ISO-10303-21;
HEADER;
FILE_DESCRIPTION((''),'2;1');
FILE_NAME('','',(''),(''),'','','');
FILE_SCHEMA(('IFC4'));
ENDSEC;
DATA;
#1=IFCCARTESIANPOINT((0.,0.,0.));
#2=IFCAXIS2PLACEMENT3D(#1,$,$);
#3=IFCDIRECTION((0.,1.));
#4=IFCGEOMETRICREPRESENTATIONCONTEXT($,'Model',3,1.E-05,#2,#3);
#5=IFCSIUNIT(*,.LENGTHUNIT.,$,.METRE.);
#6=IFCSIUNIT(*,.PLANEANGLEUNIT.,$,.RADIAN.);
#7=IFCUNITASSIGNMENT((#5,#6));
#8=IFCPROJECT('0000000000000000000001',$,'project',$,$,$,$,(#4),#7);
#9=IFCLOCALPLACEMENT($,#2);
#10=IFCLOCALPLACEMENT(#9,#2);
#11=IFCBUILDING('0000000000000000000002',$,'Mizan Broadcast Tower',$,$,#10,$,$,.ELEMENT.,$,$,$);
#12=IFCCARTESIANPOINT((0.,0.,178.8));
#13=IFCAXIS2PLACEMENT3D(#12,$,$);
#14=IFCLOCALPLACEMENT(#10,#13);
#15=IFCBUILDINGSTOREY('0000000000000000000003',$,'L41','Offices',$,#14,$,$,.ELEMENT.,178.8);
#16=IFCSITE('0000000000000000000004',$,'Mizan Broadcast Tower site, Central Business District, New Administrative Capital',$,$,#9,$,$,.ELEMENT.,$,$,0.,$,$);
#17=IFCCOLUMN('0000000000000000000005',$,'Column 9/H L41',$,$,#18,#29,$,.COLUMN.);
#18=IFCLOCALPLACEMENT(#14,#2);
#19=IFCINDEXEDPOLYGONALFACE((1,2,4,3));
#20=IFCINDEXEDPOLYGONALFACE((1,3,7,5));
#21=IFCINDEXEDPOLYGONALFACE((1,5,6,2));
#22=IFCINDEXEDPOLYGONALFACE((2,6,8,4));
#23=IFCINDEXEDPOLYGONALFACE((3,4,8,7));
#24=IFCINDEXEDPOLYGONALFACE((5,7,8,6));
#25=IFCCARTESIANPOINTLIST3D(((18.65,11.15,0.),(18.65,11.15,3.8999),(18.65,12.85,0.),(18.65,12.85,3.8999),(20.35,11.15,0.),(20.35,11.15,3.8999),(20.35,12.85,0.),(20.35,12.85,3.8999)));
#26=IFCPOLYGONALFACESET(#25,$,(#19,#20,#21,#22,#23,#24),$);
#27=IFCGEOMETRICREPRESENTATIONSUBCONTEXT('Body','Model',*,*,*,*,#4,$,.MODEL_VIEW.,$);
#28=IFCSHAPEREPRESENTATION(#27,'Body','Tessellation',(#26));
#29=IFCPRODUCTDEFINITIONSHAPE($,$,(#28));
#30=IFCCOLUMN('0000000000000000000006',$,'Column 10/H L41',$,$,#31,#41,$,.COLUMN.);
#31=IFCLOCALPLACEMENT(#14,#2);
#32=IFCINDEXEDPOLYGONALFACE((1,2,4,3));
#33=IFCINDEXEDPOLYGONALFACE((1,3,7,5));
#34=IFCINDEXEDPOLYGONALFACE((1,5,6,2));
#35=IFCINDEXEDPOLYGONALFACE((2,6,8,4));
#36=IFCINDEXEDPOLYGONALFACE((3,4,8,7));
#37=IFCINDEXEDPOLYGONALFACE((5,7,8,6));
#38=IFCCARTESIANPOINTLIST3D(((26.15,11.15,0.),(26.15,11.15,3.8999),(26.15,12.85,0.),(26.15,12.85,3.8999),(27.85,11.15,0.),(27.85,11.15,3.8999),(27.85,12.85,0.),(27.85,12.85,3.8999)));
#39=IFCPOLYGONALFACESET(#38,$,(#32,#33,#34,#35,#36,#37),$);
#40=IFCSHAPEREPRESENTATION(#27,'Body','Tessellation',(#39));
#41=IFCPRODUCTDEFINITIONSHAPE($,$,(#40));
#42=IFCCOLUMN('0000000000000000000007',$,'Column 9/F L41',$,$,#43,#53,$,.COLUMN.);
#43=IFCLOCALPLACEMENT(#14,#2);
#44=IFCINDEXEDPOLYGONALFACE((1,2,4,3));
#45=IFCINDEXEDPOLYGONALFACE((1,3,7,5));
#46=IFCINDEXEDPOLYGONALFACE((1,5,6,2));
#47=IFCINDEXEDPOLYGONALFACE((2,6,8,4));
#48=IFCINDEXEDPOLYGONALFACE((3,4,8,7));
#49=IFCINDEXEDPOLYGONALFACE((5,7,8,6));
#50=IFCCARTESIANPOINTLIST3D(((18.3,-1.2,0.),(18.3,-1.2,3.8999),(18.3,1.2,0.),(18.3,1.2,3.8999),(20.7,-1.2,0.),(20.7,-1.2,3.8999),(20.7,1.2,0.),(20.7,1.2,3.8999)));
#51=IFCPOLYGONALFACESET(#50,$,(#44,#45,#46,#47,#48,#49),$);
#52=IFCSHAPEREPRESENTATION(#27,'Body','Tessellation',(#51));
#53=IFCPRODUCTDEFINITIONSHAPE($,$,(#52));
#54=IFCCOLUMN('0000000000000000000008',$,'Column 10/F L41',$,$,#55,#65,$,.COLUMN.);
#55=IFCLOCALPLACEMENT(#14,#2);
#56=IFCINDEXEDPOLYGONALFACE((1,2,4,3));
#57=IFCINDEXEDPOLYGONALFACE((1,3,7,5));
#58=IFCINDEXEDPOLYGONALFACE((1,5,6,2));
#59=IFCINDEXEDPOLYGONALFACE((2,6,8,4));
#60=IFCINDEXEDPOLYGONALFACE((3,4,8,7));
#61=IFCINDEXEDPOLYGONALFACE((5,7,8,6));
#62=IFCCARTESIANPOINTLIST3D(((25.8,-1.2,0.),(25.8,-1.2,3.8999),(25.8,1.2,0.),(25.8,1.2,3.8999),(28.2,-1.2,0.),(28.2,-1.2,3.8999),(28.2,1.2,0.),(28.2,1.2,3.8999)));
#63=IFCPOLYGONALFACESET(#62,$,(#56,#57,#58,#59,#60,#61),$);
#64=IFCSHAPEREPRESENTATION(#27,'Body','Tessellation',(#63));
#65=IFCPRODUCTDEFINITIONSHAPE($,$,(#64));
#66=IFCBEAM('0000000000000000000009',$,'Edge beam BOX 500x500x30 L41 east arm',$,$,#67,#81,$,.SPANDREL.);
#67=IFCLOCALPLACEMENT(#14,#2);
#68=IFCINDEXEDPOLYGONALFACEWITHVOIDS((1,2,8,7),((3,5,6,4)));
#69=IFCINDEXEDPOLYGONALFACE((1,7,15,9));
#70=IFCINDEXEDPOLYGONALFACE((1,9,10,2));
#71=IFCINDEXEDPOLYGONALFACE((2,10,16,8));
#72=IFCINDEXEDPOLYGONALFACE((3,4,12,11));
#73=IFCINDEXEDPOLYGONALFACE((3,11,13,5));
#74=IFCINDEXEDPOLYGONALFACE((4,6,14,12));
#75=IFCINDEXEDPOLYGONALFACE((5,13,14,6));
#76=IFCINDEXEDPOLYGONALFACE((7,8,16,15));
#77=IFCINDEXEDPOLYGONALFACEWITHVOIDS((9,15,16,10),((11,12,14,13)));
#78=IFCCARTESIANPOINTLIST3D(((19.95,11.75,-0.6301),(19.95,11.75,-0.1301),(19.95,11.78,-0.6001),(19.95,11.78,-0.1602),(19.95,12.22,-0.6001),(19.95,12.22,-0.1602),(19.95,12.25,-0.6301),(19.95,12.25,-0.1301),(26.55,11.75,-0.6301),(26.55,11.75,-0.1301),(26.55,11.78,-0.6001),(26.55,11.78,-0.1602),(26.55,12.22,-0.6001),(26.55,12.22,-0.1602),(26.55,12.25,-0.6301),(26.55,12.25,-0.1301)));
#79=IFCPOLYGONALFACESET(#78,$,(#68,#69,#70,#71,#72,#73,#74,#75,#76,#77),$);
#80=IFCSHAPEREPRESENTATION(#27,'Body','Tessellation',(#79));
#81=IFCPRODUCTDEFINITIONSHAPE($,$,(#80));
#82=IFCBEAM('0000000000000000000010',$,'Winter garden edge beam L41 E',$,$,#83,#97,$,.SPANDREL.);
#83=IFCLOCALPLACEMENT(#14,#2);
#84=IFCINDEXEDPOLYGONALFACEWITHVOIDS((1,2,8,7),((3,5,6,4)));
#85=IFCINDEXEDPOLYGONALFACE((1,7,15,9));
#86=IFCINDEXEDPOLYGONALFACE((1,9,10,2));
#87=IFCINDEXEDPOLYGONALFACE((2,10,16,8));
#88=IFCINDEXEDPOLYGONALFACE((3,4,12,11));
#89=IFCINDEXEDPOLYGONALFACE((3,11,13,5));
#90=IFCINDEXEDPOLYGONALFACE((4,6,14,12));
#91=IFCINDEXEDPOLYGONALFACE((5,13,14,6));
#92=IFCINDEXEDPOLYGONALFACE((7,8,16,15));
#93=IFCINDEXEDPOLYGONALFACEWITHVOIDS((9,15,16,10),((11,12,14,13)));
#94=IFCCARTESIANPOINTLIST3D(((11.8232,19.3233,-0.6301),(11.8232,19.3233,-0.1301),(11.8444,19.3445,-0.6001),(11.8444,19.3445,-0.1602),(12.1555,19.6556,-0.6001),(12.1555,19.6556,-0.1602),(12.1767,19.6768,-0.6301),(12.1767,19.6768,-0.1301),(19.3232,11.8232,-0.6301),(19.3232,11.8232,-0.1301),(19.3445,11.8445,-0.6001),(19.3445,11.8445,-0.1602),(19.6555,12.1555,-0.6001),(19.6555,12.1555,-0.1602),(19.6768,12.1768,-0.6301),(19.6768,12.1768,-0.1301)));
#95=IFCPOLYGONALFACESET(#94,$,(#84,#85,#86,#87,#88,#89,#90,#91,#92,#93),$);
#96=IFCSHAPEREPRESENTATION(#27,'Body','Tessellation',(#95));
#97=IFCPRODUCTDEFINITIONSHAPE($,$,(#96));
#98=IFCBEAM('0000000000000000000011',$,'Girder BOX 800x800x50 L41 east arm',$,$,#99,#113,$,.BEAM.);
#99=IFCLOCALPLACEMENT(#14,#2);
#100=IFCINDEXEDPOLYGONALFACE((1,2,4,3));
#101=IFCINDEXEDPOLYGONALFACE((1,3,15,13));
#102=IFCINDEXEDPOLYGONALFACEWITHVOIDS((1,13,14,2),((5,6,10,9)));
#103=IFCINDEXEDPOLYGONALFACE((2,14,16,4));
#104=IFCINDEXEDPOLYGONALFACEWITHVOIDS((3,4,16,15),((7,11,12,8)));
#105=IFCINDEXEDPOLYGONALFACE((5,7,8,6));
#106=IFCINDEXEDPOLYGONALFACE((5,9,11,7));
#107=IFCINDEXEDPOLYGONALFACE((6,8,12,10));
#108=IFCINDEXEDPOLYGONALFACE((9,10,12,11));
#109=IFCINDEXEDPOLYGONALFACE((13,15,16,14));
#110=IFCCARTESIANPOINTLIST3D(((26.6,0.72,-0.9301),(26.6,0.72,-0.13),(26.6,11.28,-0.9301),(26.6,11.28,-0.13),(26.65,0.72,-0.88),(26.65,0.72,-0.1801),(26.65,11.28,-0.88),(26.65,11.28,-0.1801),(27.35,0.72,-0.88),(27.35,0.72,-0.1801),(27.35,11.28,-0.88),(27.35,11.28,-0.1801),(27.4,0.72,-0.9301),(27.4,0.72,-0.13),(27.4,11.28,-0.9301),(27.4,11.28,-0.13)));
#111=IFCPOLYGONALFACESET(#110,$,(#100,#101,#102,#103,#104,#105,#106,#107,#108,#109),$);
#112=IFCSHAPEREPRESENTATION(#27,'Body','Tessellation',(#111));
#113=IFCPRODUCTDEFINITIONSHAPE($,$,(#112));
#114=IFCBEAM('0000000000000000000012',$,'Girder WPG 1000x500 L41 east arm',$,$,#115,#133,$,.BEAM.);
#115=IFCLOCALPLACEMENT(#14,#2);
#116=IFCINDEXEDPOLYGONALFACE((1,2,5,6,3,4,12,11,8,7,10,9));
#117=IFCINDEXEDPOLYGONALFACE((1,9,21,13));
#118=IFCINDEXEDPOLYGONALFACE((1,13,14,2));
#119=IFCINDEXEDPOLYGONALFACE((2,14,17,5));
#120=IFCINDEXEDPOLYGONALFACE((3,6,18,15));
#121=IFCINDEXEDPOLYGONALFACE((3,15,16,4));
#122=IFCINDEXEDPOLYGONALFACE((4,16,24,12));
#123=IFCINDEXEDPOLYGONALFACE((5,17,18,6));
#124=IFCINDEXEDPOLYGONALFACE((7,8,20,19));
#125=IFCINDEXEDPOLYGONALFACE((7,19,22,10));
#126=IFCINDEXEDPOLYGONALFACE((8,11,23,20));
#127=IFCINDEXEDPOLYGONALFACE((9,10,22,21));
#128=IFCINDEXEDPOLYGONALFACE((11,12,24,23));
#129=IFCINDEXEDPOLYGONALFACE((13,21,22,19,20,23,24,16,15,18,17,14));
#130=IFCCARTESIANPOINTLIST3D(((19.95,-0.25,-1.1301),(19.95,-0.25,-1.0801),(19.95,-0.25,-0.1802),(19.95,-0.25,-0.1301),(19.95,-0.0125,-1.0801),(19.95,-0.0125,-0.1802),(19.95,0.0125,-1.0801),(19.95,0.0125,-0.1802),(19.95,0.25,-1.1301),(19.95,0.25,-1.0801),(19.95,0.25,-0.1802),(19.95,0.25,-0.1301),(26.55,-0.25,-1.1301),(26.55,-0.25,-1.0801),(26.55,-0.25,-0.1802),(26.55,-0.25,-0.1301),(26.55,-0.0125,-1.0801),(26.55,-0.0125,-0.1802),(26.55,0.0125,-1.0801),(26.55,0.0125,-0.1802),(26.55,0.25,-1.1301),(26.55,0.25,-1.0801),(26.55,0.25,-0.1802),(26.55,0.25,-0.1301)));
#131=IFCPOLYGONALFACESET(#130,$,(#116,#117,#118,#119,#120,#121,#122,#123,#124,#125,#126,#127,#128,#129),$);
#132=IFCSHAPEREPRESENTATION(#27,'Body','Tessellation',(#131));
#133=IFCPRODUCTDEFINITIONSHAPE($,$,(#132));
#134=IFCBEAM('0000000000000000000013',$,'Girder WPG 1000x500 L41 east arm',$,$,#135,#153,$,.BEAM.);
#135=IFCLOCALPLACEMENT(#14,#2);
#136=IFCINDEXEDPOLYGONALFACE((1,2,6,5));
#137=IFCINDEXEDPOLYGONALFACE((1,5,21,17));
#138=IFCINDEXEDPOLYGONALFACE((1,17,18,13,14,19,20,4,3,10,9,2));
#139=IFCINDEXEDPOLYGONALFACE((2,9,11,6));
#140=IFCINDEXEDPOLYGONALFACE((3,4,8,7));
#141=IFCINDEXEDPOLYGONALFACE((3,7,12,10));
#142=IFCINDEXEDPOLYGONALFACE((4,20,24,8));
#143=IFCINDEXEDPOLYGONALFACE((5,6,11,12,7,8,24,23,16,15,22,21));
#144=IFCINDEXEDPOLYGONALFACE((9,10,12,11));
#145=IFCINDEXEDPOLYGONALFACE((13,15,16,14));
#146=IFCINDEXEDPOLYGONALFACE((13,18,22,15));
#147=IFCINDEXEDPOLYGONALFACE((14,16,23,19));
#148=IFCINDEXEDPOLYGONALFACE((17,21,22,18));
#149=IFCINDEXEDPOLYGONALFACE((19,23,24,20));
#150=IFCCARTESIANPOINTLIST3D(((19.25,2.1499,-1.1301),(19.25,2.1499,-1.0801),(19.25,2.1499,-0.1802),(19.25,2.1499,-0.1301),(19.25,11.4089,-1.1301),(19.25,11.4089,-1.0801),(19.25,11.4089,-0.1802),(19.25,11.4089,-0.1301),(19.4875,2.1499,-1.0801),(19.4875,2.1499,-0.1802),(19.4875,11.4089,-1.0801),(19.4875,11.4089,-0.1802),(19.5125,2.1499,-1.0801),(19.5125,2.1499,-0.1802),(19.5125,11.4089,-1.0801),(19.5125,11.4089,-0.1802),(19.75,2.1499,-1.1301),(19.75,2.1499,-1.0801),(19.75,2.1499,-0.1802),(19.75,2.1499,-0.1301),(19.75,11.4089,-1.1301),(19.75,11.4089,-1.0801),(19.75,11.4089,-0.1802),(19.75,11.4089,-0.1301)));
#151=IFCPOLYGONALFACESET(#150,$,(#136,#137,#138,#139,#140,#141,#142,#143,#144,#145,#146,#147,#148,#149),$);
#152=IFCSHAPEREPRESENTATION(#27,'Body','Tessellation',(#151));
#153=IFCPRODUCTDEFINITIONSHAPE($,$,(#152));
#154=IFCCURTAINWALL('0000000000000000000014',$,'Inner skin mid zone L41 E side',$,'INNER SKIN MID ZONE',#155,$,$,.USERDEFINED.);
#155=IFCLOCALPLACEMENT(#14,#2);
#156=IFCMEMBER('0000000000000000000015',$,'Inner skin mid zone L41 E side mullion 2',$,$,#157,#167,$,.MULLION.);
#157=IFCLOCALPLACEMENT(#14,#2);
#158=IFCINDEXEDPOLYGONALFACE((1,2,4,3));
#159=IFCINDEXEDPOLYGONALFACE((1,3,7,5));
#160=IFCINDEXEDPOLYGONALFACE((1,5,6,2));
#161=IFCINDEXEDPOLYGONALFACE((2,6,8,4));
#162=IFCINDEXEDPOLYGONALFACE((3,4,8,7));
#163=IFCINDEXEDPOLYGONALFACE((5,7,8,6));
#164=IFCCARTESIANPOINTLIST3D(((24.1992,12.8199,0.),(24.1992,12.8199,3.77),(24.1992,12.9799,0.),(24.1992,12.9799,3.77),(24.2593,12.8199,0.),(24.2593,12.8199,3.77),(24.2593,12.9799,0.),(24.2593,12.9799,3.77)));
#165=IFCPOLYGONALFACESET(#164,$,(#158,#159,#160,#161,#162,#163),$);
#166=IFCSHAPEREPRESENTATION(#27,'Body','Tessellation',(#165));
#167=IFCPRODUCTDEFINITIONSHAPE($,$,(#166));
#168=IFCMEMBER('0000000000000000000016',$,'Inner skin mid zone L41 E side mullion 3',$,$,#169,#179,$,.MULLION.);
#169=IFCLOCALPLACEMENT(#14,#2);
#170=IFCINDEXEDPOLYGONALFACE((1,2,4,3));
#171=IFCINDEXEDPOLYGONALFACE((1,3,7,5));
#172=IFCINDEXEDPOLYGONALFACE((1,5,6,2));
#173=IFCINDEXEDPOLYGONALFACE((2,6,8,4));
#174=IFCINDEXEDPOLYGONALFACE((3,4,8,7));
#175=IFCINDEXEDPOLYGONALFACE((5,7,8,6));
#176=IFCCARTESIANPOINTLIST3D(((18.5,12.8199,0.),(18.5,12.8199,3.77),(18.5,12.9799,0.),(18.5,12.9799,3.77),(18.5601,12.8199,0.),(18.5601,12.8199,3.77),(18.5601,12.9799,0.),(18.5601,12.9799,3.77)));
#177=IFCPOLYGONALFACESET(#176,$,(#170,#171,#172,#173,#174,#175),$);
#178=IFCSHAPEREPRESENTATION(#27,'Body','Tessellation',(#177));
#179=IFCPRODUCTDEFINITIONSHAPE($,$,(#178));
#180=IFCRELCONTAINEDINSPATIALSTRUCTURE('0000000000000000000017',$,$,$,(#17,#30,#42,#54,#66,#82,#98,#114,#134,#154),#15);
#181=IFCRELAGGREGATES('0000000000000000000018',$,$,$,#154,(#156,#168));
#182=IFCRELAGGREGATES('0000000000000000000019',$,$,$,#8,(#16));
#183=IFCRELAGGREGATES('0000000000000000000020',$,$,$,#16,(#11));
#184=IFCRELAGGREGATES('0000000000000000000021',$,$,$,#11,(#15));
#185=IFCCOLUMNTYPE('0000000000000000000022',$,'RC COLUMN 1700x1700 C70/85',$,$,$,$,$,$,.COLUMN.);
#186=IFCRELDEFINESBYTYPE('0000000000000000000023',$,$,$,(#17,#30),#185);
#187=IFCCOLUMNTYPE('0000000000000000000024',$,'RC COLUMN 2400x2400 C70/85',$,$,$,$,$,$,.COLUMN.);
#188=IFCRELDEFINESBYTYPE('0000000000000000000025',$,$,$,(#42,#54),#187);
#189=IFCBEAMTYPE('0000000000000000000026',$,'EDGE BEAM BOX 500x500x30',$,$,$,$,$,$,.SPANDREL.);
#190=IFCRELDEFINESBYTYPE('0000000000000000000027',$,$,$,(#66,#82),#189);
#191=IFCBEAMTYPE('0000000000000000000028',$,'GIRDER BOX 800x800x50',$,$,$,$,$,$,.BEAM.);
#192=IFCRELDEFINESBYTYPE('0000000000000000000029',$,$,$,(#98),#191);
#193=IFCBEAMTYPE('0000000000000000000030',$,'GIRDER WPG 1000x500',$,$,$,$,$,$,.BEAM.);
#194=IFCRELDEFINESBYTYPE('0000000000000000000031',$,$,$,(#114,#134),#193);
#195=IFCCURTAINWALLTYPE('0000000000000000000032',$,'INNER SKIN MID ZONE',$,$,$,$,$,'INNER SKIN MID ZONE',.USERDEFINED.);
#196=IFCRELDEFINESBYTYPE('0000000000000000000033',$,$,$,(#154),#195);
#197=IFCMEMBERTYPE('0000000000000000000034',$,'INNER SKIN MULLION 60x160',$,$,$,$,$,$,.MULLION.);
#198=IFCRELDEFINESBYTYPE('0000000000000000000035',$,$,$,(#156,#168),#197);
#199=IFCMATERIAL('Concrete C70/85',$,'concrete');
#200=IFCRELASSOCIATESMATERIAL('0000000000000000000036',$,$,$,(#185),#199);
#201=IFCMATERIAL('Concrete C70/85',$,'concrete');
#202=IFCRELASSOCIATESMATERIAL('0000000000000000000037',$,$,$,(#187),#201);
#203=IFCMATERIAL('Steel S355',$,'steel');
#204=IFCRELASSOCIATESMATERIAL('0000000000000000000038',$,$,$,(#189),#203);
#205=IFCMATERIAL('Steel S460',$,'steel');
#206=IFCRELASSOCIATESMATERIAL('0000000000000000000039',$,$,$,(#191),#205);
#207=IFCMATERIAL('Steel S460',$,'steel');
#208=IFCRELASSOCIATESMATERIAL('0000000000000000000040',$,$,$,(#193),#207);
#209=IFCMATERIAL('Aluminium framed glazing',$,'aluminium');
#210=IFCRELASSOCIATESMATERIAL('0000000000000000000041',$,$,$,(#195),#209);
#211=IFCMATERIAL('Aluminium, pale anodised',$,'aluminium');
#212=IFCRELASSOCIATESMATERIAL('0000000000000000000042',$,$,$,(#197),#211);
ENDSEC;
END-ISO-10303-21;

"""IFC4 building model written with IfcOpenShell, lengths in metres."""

from ifc_helpers import new_model, si_unit, direction, frame, origin, origin_2d, place, context, subcontext, project, spatial, rectangle, hollow_rectangle, i_section, extrude, material, material_profile, profile_set, type_object, element, aggregate, save


model = new_model("IFC4")

# Units and contexts
model_context = context("Model", 3, precision=1e-05, world=origin(), true_north=direction((0.0, 1.0)))
body_context = subcontext(model_context, "Body", "Model", "MODEL_VIEW")
ifc_project = project(units=[si_unit("LENGTHUNIT", "METRE"), si_unit("PLANEANGLEUNIT", "RADIAN")], contexts=[model_context])

# Site, building, storey
site_placement = place(None, origin())
site = spatial("IfcSite", under=ifc_project, at=site_placement, Name="Mizan Broadcast Tower site, Central Business District, New Administrative Capital", CompositionType="ELEMENT", RefElevation=0.0)
building_placement = place(site_placement, origin())
building = spatial("IfcBuilding", under=site, at=building_placement, Name="Mizan Broadcast Tower", CompositionType="ELEMENT")
storey_placement = place(building_placement, frame((0.0, 0.0, 178.8)))
storey = spatial("IfcBuildingStorey", under=building, at=storey_placement, Name="L41", Description="Offices", CompositionType="ELEMENT", Elevation=178.8)

# Columns
ifc_material_1 = material(Name="Concrete C70/85", Category="concrete")
ifc_material_profile_1 = material_profile(ifc_material_1, rectangle(XDim=1.7, YDim=1.7, at=origin_2d()), Name="RC 1700x1700")
ifc_profile_set_1 = profile_set([ifc_material_profile_1], Name="Concrete C70/85")
column_type_1 = type_object("IfcColumnType", Name="RC COLUMN 1700x1700 C70/85", PredefinedType="COLUMN", material=ifc_profile_set_1)
for number, where, z_axis, x_axis, name in (
    (1, (19.5, 12.0, 0.0), (0.0, 0.0, 1.0), (1.0, 0.0, 0.0), "Column 9/H L41"),
    (2, (27.0, 12.0, 0.0), (0.0, 0.0, 1.0), (1.0, 0.0, 0.0), "Column 10/H L41"),
):
    element("IfcColumn", number, at=place(storey_placement, frame(where, z_axis=z_axis, x_axis=x_axis)), inside=storey, type_object=column_type_1, Name=name, PredefinedType="COLUMN", context=body_context, shape_type="SweptSolid", body=[
        extrude(rectangle(XDim=1.7, YDim=1.7, at=origin_2d()), origin(), (0.0, 0.0, 1.0), 3.8999),
    ])
ifc_material_2 = material(Name="Concrete C70/85", Category="concrete")
ifc_material_profile_2 = material_profile(ifc_material_2, rectangle(XDim=2.3999, YDim=2.3999, at=origin_2d()), Name="RC 2400x2400")
ifc_profile_set_2 = profile_set([ifc_material_profile_2], Name="Concrete C70/85")
column_type_2 = type_object("IfcColumnType", Name="RC COLUMN 2400x2400 C70/85", PredefinedType="COLUMN", material=ifc_profile_set_2)
for number, where, z_axis, x_axis, name in (
    (3, (19.5, 0.0, 0.0), (0.0, 0.0, 1.0), (1.0, 0.0, 0.0), "Column 9/F L41"),
    (4, (27.0, 0.0, 0.0), (0.0, 0.0, 1.0), (1.0, 0.0, 0.0), "Column 10/F L41"),
):
    element("IfcColumn", number, at=place(storey_placement, frame(where, z_axis=z_axis, x_axis=x_axis)), inside=storey, type_object=column_type_2, Name=name, PredefinedType="COLUMN", context=body_context, shape_type="SweptSolid", body=[
        extrude(rectangle(XDim=2.3999, YDim=2.3999, at=origin_2d()), origin(), (0.0, 0.0, 1.0), 3.8999),
    ])

# Beams
ifc_material_3 = material(Name="Steel S355", Category="steel")
ifc_material_profile_3 = material_profile(ifc_material_3, hollow_rectangle(XDim=0.5, YDim=0.5, WallThickness=0.03, at=origin_2d()), Name="BOX 500x500x30")
ifc_profile_set_3 = profile_set([ifc_material_profile_3], Name="Steel S355")
beam_type_1 = type_object("IfcBeamType", Name="EDGE BEAM BOX 500x500x30", PredefinedType="SPANDREL", material=ifc_profile_set_3)
beam_1_placement = place(storey_placement, frame((19.95, 12.0, -0.3801), z_axis=(1.0, 0.0, 0.0), x_axis=(0.0, 1.0, 0.0)))
element("IfcBeam", 5, at=beam_1_placement, inside=storey, type_object=beam_type_1, Name="Edge beam BOX 500x500x30 L41 east arm", PredefinedType="SPANDREL", context=body_context, shape_type="SweptSolid", body=[
    extrude(hollow_rectangle(XDim=0.5, YDim=0.5, WallThickness=0.03, at=origin_2d()), origin(), (0.0, 0.0, 1.0), 6.6001),
])
beam_2_placement = place(storey_placement, frame((19.5, 12.0, -0.3801), z_axis=(-0.707107, 0.707107, 0.0), x_axis=(-0.707107, -0.707107, 0.0)))
element("IfcBeam", 6, at=beam_2_placement, inside=storey, type_object=beam_type_1, Name="Winter garden edge beam L41 E", PredefinedType="SPANDREL", context=body_context, shape_type="SweptSolid", body=[
    extrude(hollow_rectangle(XDim=0.5, YDim=0.5, WallThickness=0.03, at=origin_2d()), origin(), (0.0, 0.0, 1.0), 10.6067),
])
ifc_material_4 = material(Name="Steel S460", Category="steel")
ifc_material_profile_4 = material_profile(ifc_material_4, hollow_rectangle(XDim=0.8, YDim=0.8, WallThickness=0.05, at=origin_2d()), Name="BOX 800x800x50")
ifc_profile_set_4 = profile_set([ifc_material_profile_4], Name="Steel S460")
beam_type_2 = type_object("IfcBeamType", Name="GIRDER BOX 800x800x50", PredefinedType="BEAM", material=ifc_profile_set_4)
beam_3_placement = place(storey_placement, frame((27.0, 11.28, -0.53), z_axis=(0.0, -1.0, 0.0), x_axis=(1.0, 0.0, 0.0)))
element("IfcBeam", 7, at=beam_3_placement, inside=storey, type_object=beam_type_2, Name="Girder BOX 800x800x50 L41 east arm", PredefinedType="BEAM", context=body_context, shape_type="SweptSolid", body=[
    extrude(hollow_rectangle(XDim=0.8, YDim=0.8, WallThickness=0.05, at=origin_2d()), origin(), (0.0, 0.0, 1.0), 10.5601),
])
ifc_material_5 = material(Name="Steel S460", Category="steel")
ifc_material_profile_5 = material_profile(ifc_material_5, i_section(OverallWidth=0.5, OverallDepth=1.0, WebThickness=0.0249, FlangeThickness=0.05, at=origin_2d()), Name="WPG 1000x500")
ifc_profile_set_5 = profile_set([ifc_material_profile_5], Name="Steel S460")
beam_type_3 = type_object("IfcBeamType", Name="GIRDER WPG 1000x500", PredefinedType="BEAM", material=ifc_profile_set_5)
beam_4_placement = place(storey_placement, frame((19.95, 0.0, -0.6301), z_axis=(1.0, 0.0, 0.0), x_axis=(0.0, 1.0, 0.0)))
element("IfcBeam", 8, at=beam_4_placement, inside=storey, type_object=beam_type_3, Name="Girder WPG 1000x500 L41 east arm", PredefinedType="BEAM", context=body_context, shape_type="SweptSolid", body=[
    extrude(i_section(OverallWidth=0.5, OverallDepth=1.0, WebThickness=0.0249, FlangeThickness=0.05, at=origin_2d()), origin(), (0.0, 0.0, 1.0), 6.6001),
])
beam_5_placement = place(storey_placement, frame((19.5, 11.4089, -0.6301), z_axis=(0.0, -1.0, 0.0), x_axis=(1.0, 0.0, 0.0)))
element("IfcBeam", 9, at=beam_5_placement, inside=storey, type_object=beam_type_3, Name="Girder WPG 1000x500 L41 east arm", PredefinedType="BEAM", context=body_context, shape_type="SweptSolid", body=[
    extrude(i_section(OverallWidth=0.5, OverallDepth=1.0, WebThickness=0.0249, FlangeThickness=0.05, at=origin_2d()), origin(), (0.0, 0.0, 1.0), 9.259),
])

# Curtain wall, members
ifc_material_6 = material(Name="Aluminium framed glazing", Category="aluminium")
curtain_wall_type_1 = type_object("IfcCurtainWallType", Name="INNER SKIN MID ZONE", ElementType="INNER SKIN MID ZONE", PredefinedType="USERDEFINED", material=ifc_material_6)
curtain_wall_1_placement = place(storey_placement, origin())
curtain_wall_1 = element("IfcCurtainWall", 10, at=curtain_wall_1_placement, inside=storey, type_object=curtain_wall_type_1, Name="Inner skin mid zone L41 E side", ObjectType="INNER SKIN MID ZONE", PredefinedType="USERDEFINED")
ifc_material_7 = material(Name="Aluminium, pale anodised", Category="aluminium")
ifc_material_profile_6 = material_profile(ifc_material_7, rectangle(XDim=0.1599, YDim=0.0601, at=origin_2d()), Name="MULLION 160x60")
ifc_profile_set_6 = profile_set([ifc_material_profile_6], Name="Aluminium, pale anodised")
member_type_1 = type_object("IfcMemberType", Name="INNER SKIN MULLION 60x160", PredefinedType="MULLION", material=ifc_profile_set_6)
member_1_placement = place(storey_placement, frame((24.2292, 12.8999, 0.0), z_axis=(0.0, 0.0, 1.0), x_axis=(0.0, -1.0, 0.0)))
member_1 = element("IfcMember", 11, at=member_1_placement, type_object=member_type_1, Name="Inner skin mid zone L41 E side mullion 2", PredefinedType="MULLION", context=body_context, shape_type="SweptSolid", body=[
    extrude(rectangle(XDim=0.1599, YDim=0.0601, at=origin_2d()), origin(), (0.0, 0.0, 1.0), 3.77),
])
member_2_placement = place(storey_placement, frame((18.53, 12.8999, 0.0), z_axis=(0.0, 0.0, 1.0), x_axis=(0.0, -1.0, 0.0)))
member_2 = element("IfcMember", 12, at=member_2_placement, type_object=member_type_1, Name="Inner skin mid zone L41 E side mullion 3", PredefinedType="MULLION", context=body_context, shape_type="SweptSolid", body=[
    extrude(rectangle(XDim=0.1599, YDim=0.0601, at=origin_2d()), origin(), (0.0, 0.0, 1.0), 3.77),
])

aggregate(curtain_wall_1, [member_1, member_2])

save(model, "model.ifc")
